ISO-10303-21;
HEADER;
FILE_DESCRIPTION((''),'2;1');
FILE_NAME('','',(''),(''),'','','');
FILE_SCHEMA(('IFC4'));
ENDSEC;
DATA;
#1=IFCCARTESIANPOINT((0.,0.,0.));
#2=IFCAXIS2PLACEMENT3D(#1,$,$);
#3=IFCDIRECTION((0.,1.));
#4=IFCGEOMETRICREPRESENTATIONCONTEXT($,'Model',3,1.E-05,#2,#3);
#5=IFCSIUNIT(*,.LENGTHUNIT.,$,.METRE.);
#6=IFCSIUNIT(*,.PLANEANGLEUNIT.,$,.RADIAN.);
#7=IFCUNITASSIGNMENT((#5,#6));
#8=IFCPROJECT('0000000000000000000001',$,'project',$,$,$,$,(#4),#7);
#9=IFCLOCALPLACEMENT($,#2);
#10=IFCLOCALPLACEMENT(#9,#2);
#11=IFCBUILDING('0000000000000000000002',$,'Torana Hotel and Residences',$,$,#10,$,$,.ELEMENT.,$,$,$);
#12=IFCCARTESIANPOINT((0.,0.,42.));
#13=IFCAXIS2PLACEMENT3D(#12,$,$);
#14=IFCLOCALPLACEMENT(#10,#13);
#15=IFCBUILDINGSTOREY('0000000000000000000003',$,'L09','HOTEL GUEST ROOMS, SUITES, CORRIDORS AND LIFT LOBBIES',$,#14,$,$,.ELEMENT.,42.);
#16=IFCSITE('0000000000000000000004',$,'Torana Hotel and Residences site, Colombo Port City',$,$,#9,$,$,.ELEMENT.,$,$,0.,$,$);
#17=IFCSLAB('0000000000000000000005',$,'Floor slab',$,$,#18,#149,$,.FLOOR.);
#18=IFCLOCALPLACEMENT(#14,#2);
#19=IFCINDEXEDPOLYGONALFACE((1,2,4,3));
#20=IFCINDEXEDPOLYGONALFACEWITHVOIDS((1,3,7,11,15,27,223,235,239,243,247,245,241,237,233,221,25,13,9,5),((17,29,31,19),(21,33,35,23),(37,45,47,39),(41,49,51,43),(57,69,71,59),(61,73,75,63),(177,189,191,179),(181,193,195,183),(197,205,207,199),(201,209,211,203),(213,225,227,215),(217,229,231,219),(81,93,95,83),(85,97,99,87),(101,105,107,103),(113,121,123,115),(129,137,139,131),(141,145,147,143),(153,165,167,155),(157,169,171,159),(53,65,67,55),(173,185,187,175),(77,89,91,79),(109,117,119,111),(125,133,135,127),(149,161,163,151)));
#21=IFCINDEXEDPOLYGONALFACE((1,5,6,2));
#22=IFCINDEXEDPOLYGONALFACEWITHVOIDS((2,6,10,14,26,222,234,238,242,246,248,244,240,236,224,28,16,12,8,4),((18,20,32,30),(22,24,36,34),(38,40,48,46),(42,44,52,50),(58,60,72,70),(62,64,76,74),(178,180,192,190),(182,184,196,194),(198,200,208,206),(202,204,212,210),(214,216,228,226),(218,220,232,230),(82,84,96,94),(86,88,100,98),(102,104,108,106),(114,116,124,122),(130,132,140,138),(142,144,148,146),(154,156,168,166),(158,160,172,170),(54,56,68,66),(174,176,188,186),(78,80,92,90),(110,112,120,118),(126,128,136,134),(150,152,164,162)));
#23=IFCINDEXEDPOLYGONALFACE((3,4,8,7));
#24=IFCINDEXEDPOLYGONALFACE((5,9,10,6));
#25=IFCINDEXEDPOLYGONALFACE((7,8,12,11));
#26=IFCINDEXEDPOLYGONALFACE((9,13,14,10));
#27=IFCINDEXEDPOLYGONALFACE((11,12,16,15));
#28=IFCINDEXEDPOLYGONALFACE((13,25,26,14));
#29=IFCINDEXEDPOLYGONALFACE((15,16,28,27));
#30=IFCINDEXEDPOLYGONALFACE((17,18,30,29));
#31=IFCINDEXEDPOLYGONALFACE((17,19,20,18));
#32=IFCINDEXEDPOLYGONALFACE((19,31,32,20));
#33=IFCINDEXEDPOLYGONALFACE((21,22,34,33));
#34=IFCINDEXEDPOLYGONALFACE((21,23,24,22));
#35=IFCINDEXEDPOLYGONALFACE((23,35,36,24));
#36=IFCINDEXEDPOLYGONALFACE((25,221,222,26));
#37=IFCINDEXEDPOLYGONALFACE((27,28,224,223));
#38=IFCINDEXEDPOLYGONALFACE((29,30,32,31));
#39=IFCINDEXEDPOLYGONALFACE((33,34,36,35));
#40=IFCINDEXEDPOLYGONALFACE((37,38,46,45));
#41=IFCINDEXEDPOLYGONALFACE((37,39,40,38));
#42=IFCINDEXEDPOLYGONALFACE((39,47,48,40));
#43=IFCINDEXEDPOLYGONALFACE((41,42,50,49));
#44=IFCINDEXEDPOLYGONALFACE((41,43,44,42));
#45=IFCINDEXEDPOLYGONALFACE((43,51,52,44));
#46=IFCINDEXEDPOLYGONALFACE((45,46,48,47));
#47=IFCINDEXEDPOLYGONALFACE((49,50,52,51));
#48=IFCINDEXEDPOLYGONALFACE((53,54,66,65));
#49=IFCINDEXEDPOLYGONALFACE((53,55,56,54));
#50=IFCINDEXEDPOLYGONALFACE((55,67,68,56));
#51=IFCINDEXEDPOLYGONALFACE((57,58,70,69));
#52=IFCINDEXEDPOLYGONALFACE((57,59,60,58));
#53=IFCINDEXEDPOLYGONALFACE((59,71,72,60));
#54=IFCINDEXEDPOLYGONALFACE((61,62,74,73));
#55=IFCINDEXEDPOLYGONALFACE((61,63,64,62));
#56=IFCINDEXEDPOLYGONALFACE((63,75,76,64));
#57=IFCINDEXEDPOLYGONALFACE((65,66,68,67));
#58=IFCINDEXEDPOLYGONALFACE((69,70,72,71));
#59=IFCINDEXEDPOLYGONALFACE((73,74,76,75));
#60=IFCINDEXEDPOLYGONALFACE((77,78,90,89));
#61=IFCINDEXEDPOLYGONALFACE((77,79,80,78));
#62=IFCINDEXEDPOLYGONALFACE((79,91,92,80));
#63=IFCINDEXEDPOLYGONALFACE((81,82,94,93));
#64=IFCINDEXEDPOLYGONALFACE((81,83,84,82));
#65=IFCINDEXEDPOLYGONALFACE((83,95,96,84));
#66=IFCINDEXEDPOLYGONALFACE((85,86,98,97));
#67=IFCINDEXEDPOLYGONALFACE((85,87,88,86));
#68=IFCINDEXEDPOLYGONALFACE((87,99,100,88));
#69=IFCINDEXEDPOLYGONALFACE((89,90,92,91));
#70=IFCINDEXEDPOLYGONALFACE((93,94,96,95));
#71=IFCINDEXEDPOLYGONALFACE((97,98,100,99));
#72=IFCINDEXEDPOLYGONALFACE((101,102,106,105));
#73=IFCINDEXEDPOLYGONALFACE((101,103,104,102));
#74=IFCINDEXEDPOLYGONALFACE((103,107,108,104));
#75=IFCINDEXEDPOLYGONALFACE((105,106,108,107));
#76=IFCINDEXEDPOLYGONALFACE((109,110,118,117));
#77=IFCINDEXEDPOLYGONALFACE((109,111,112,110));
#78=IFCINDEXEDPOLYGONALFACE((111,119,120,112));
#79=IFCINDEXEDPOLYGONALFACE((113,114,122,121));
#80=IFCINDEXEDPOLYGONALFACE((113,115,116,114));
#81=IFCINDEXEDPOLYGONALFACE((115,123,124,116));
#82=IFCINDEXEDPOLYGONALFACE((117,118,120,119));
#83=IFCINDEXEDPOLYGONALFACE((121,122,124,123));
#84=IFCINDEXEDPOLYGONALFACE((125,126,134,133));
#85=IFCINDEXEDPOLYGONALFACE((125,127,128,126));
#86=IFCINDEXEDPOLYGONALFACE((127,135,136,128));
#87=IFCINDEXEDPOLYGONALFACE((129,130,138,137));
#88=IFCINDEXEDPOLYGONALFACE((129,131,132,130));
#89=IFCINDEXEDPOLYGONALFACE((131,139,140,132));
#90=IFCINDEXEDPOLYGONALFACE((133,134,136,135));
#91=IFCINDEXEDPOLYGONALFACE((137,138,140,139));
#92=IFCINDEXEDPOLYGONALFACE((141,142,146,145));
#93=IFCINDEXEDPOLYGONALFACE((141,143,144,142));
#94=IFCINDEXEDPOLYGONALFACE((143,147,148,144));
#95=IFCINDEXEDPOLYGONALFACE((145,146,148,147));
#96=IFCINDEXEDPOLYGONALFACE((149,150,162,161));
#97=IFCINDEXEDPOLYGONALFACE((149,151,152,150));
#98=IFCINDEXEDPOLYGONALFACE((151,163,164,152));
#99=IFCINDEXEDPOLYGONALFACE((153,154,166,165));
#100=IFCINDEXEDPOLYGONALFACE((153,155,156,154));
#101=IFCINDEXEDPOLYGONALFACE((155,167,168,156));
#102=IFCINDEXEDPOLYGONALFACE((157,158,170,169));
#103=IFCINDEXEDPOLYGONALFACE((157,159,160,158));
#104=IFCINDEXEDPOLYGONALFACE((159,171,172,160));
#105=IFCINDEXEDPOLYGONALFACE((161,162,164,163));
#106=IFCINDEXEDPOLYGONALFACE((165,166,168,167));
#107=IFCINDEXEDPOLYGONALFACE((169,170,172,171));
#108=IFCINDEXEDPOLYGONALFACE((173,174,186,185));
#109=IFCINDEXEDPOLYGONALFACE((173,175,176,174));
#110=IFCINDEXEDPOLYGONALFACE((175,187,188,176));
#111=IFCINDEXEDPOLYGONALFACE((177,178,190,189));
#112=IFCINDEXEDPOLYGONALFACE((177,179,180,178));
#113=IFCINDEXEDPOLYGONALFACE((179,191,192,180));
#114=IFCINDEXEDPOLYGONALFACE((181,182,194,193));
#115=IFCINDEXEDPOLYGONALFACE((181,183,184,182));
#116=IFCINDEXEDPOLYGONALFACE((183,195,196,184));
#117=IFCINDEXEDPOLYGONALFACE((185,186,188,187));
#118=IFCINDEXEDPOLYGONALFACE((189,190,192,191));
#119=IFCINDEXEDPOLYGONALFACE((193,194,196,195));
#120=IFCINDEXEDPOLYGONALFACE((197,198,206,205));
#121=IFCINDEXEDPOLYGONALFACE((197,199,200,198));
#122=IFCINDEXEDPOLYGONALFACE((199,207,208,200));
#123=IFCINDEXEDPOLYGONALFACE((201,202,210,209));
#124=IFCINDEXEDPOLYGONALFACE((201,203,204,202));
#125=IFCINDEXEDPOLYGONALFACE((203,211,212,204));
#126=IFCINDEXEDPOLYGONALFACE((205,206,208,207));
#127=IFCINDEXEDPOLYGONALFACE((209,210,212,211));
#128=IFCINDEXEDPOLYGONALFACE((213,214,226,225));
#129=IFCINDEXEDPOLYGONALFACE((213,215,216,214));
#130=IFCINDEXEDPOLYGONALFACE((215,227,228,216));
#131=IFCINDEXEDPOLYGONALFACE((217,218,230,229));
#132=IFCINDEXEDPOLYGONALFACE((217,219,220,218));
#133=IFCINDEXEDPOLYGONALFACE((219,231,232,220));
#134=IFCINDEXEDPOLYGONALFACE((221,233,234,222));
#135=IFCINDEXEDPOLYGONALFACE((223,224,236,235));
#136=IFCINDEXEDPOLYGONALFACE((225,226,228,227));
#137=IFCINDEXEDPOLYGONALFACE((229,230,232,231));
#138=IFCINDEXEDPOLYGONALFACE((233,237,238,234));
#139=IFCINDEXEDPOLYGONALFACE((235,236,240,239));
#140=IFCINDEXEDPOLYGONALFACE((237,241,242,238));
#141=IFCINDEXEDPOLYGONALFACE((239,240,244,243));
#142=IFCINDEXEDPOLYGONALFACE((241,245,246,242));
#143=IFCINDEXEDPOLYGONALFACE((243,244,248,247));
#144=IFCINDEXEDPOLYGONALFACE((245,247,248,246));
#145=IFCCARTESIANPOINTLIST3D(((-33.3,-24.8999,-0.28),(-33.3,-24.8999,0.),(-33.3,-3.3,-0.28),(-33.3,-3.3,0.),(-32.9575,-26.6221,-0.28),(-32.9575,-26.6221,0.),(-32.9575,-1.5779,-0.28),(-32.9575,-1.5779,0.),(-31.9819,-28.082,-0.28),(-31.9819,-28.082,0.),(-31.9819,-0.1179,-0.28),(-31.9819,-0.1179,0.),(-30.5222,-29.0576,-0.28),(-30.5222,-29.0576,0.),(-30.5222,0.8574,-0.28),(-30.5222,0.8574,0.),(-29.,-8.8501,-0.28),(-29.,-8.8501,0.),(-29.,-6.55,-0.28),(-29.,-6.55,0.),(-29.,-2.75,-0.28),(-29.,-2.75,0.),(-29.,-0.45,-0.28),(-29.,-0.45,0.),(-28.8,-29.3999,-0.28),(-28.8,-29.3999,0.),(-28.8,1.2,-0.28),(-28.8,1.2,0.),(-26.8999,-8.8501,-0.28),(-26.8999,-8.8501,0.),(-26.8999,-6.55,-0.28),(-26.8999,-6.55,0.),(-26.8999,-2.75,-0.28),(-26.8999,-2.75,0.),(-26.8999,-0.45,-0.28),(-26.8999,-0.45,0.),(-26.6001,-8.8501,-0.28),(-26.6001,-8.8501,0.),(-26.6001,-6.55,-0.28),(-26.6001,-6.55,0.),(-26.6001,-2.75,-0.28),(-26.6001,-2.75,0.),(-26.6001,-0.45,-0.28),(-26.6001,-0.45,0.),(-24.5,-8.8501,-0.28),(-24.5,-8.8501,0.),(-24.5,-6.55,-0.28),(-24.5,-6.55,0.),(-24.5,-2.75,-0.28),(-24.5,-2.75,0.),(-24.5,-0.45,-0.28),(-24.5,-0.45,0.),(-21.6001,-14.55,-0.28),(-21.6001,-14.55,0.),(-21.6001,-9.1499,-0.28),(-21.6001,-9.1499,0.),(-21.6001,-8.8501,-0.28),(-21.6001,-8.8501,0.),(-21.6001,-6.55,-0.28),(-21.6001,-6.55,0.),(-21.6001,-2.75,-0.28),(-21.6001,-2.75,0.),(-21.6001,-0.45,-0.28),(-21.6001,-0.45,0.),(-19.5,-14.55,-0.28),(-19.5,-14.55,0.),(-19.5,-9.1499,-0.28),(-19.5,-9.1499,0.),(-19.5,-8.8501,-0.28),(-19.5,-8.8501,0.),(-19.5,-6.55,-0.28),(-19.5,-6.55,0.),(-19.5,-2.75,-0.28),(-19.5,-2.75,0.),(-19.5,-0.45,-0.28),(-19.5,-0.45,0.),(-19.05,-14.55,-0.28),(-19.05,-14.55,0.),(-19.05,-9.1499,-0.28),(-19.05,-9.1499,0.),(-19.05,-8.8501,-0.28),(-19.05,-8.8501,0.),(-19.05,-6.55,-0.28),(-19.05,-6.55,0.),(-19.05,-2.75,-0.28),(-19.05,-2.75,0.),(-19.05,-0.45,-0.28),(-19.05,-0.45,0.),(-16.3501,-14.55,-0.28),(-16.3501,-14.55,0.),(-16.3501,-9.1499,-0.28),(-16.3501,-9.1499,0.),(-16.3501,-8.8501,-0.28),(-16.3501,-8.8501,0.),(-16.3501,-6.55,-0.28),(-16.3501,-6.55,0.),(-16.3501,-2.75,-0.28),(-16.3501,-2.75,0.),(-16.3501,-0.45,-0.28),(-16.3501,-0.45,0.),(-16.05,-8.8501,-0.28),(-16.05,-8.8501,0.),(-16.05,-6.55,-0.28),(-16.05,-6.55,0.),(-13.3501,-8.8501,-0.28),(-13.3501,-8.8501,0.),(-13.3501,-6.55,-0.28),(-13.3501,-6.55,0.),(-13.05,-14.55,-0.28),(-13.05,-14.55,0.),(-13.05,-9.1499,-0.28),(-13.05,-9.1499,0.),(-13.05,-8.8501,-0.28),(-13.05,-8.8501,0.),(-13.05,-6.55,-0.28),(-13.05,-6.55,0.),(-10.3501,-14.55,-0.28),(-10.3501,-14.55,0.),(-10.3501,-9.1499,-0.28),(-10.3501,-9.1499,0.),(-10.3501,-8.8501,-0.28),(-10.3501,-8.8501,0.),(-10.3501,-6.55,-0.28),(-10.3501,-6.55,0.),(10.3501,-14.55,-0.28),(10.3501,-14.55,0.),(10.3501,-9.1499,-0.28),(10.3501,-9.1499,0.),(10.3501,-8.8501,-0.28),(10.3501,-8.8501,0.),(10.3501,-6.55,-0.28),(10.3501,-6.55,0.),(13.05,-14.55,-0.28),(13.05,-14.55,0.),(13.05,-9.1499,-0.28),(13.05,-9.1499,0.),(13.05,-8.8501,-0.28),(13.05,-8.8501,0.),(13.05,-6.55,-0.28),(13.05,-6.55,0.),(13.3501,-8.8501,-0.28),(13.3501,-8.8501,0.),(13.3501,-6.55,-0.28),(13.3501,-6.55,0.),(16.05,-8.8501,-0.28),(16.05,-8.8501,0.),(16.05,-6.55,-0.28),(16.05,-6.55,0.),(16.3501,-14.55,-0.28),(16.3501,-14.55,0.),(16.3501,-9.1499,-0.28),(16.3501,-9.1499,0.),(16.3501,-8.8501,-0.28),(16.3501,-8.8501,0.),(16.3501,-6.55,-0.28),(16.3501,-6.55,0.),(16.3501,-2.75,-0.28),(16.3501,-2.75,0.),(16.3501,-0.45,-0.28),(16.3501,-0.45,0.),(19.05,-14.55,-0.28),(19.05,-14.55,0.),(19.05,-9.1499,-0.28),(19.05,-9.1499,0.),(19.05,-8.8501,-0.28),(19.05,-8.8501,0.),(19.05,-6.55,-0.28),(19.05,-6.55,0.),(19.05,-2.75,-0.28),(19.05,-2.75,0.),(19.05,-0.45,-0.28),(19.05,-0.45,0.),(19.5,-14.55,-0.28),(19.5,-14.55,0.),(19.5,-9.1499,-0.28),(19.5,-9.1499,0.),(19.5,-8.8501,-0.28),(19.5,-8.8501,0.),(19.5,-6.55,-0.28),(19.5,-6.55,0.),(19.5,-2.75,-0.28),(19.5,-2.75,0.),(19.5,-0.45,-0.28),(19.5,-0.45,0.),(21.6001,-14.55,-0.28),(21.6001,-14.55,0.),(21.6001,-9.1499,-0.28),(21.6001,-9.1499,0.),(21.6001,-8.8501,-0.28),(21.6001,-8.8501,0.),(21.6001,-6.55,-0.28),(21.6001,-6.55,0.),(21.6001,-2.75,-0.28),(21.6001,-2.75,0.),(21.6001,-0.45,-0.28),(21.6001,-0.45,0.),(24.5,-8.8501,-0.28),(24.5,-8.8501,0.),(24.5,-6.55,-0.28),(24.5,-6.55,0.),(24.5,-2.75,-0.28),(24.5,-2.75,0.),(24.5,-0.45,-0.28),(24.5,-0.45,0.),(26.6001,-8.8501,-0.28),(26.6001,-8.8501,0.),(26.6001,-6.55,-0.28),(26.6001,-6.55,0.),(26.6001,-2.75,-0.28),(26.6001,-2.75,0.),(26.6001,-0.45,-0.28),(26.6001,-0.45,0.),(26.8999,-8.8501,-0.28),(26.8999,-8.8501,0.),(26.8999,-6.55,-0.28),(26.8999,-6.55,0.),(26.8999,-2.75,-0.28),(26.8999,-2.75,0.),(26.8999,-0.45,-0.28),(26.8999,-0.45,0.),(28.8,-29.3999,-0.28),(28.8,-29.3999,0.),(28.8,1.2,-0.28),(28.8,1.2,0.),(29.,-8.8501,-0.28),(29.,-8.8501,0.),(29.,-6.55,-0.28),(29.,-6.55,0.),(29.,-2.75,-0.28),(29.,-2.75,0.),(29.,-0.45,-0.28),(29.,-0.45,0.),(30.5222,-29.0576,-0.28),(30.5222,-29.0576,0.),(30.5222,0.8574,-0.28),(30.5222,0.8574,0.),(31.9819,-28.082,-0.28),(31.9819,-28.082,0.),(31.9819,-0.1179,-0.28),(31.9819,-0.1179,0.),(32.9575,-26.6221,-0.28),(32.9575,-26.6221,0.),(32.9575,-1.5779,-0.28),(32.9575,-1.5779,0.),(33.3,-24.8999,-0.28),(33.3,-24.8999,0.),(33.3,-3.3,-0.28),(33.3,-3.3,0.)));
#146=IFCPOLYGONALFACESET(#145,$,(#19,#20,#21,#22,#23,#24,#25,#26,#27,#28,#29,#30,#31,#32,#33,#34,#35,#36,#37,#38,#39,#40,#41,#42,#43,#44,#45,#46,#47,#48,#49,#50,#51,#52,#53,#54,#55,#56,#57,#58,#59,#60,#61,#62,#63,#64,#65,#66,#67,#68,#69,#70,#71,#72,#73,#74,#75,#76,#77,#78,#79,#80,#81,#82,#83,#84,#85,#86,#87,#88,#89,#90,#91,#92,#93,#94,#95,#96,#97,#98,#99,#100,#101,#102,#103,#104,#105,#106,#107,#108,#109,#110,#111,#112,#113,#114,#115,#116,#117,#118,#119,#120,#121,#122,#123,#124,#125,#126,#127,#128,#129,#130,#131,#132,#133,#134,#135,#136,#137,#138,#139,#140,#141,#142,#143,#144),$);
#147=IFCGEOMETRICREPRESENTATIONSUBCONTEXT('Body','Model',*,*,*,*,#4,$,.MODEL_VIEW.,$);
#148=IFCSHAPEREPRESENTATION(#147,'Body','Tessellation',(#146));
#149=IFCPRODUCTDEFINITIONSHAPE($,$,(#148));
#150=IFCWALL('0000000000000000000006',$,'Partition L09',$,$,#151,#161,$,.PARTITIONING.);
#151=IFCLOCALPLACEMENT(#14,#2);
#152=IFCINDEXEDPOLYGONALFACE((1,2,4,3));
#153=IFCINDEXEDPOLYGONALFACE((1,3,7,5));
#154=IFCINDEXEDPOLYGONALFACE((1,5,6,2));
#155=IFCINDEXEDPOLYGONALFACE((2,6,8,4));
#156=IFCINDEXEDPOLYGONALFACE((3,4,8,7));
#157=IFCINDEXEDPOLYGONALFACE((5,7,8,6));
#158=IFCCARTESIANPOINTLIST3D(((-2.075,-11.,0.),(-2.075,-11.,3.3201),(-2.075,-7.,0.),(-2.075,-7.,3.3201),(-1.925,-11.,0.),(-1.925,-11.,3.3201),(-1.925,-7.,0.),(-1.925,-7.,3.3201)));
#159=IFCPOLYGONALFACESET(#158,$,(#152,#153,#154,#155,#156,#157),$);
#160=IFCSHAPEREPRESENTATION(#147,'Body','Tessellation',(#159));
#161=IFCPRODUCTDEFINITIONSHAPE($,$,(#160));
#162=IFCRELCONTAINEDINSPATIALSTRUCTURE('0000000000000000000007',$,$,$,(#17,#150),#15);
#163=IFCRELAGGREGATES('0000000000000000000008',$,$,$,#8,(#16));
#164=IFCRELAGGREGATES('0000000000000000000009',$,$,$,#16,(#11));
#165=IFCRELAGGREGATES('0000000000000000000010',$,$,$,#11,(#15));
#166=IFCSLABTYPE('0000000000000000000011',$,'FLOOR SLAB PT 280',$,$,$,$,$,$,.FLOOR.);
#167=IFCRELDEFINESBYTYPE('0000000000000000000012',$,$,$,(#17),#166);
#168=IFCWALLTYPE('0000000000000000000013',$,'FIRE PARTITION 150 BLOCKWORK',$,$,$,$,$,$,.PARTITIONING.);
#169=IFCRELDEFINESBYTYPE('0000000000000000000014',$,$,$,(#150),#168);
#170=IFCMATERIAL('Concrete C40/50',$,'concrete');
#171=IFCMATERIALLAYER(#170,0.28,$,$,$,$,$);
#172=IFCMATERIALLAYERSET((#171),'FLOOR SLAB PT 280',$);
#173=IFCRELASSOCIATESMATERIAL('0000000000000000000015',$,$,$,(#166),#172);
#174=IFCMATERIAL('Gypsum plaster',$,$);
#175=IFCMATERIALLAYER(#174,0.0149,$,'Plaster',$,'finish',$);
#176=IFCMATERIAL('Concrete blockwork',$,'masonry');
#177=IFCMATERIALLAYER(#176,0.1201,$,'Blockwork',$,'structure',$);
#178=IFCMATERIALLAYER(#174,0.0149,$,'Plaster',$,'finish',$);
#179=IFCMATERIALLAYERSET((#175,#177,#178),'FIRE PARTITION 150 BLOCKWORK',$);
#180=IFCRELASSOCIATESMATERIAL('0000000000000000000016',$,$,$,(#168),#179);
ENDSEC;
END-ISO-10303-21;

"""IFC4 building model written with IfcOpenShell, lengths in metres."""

from ifc_helpers import new_model, si_unit, direction, frame, frame_2d, origin, place, context, subcontext, project, spatial, polyline, rectangle, outline, extrude, material, layer, layer_set, type_object, element, save


model = new_model("IFC4")

# Units and contexts
model_context = context("Model", 3, precision=1e-05, world=origin(), true_north=direction((0.0, 1.0)))
body_context = subcontext(model_context, "Body", "Model", "MODEL_VIEW")
ifc_project = project(units=[si_unit("LENGTHUNIT", "METRE"), si_unit("PLANEANGLEUNIT", "RADIAN")], contexts=[model_context])

# Site, building, storey
site_placement = place(None, origin())
site = spatial("IfcSite", under=ifc_project, at=site_placement, Name="Torana Hotel and Residences site, Colombo Port City", CompositionType="ELEMENT", RefElevation=0.0)
building_placement = place(site_placement, origin())
building = spatial("IfcBuilding", under=site, at=building_placement, Name="Torana Hotel and Residences", CompositionType="ELEMENT")
storey_placement = place(building_placement, frame((0.0, 0.0, 42.0)))
storey = spatial("IfcBuildingStorey", under=building, at=storey_placement, Name="L09", Description="HOTEL GUEST ROOMS, SUITES, CORRIDORS AND LIFT LOBBIES", CompositionType="ELEMENT", Elevation=42.0)

# Slab
ifc_material_1 = material(Name="Concrete C40/50", Category="concrete")
ifc_layer_1 = layer(ifc_material_1, 0.28)
ifc_layer_set_1 = layer_set([ifc_layer_1], Name="FLOOR SLAB PT 280")
slab_type_1 = type_object("IfcSlabType", Name="FLOOR SLAB PT 280", PredefinedType="FLOOR", material=ifc_layer_set_1)
slab_1_placement = place(storey_placement, frame((0.0, 0.0, -0.28)))
element("IfcSlab", 1, at=slab_1_placement, inside=storey, type_object=slab_type_1, Name="Floor slab", PredefinedType="FLOOR", context=body_context, shape_type="SweptSolid", body=[
    extrude(outline(polyline([(33.3, -3.3), (32.9575, -1.5779), (31.9819, -0.1179), (30.5222, 0.8574), (28.8, 1.2), (-28.8, 1.2), (-30.5222, 0.8574), (-31.9819, -0.1179), (-32.9575, -1.5779), (-33.3, -3.3), (-33.3, -24.8999), (-32.9575, -26.6221), (-31.9819, -28.082), (-30.5222, -29.0576), (-28.8, -29.3999), (28.8, -29.3999), (30.5222, -29.0576), (31.9819, -28.082), (32.9575, -26.6221), (33.3, -24.8999), (33.3, -3.3)]), holes=[polyline([(-13.05, -14.55), (-10.3501, -14.55), (-10.3501, -9.1499), (-13.05, -9.1499), (-13.05, -14.55)]), polyline([(-19.05, -14.55), (-16.3501, -14.55), (-16.3501, -9.1499), (-19.05, -9.1499), (-19.05, -14.55)]), polyline([(-19.05, -2.75), (-16.3501, -2.75), (-16.3501, -0.45), (-19.05, -0.45), (-19.05, -2.75)]), polyline([(-26.6001, -2.75), (-24.5, -2.75), (-24.5, -0.45), (-26.6001, -0.45), (-26.6001, -2.75)]), polyline([(-29.0, -2.75), (-26.8999, -2.75), (-26.8999, -0.45), (-29.0, -0.45), (-29.0, -2.75)]), polyline([(-26.6001, -8.8501), (-24.5, -8.8501), (-24.5, -6.55), (-26.6001, -6.55), (-26.6001, -8.8501)]), polyline([(-29.0, -8.8501), (-26.8999, -8.8501), (-26.8999, -6.55), (-29.0, -6.55), (-29.0, -8.8501)]), polyline([(-21.6001, -2.75), (-19.5, -2.75), (-19.5, -0.45), (-21.6001, -0.45), (-21.6001, -2.75)]), polyline([(-21.6001, -8.8501), (-19.5, -8.8501), (-19.5, -6.55), (-21.6001, -6.55), (-21.6001, -8.8501)]), polyline([(-13.05, -8.8501), (-10.3501, -8.8501), (-10.3501, -6.55), (-13.05, -6.55), (-13.05, -8.8501)]), polyline([(-16.05, -8.8501), (-13.3501, -8.8501), (-13.3501, -6.55), (-16.05, -6.55), (-16.05, -8.8501)]), polyline([(-19.05, -8.8501), (-16.3501, -8.8501), (-16.3501, -6.55), (-19.05, -6.55), (-19.05, -8.8501)]), polyline([(-21.6001, -14.55), (-19.5, -14.55), (-19.5, -9.1499), (-21.6001, -9.1499), (-21.6001, -14.55)]), polyline([(10.3501, -14.55), (13.05, -14.55), (13.05, -9.1499), (10.3501, -9.1499), (10.3501, -14.55)]), polyline([(16.3501, -14.55), (19.05, -14.55), (19.05, -9.1499), (16.3501, -9.1499), (16.3501, -14.55)]), polyline([(16.3501, -2.75), (19.05, -2.75), (19.05, -0.45), (16.3501, -0.45), (16.3501, -2.75)]), polyline([(24.5, -2.75), (26.6001, -2.75), (26.6001, -0.45), (24.5, -0.45), (24.5, -2.75)]), polyline([(26.8999, -2.75), (29.0, -2.75), (29.0, -0.45), (26.8999, -0.45), (26.8999, -2.75)]), polyline([(24.5, -8.8501), (26.6001, -8.8501), (26.6001, -6.55), (24.5, -6.55), (24.5, -8.8501)]), polyline([(26.8999, -8.8501), (29.0, -8.8501), (29.0, -6.55), (26.8999, -6.55), (26.8999, -8.8501)]), polyline([(19.5, -2.75), (21.6001, -2.75), (21.6001, -0.45), (19.5, -0.45), (19.5, -2.75)]), polyline([(19.5, -8.8501), (21.6001, -8.8501), (21.6001, -6.55), (19.5, -6.55), (19.5, -8.8501)]), polyline([(10.3501, -8.8501), (13.05, -8.8501), (13.05, -6.55), (10.3501, -6.55), (10.3501, -8.8501)]), polyline([(13.3501, -8.8501), (16.05, -8.8501), (16.05, -6.55), (13.3501, -6.55), (13.3501, -8.8501)]), polyline([(16.3501, -8.8501), (19.05, -8.8501), (19.05, -6.55), (16.3501, -6.55), (16.3501, -8.8501)]), polyline([(19.5, -14.55), (21.6001, -14.55), (21.6001, -9.1499), (19.5, -9.1499), (19.5, -14.55)])]), origin(), (0.0, 0.0, 1.0), 0.28),
])

# Wall
ifc_material_2 = material(Name="Gypsum plaster")
ifc_layer_2 = layer(ifc_material_2, 0.0149, Name="Plaster", Category="finish")
ifc_material_3 = material(Name="Concrete blockwork", Category="masonry")
ifc_layer_3 = layer(ifc_material_3, 0.1201, Name="Blockwork", Category="structure")
ifc_layer_4 = layer(ifc_material_2, 0.0149, Name="Plaster", Category="finish")
ifc_layer_set_2 = layer_set([ifc_layer_2, ifc_layer_3, ifc_layer_4], Name="FIRE PARTITION 150 BLOCKWORK")
wall_type_1 = type_object("IfcWallType", Name="FIRE PARTITION 150 BLOCKWORK", PredefinedType="PARTITIONING", material=ifc_layer_set_2)
wall_1_placement = place(storey_placement, frame((-2.0, -11.0, 0.0), z_axis=(0.0, 0.0, 1.0), x_axis=(0.0, 1.0, 0.0)))
element("IfcWall", 2, at=wall_1_placement, inside=storey, type_object=wall_type_1, Name="Partition L09", PredefinedType="PARTITIONING", context=body_context, shape_type="SweptSolid", body=[
    extrude(rectangle(XDim=4.0, YDim=0.1499, at=frame_2d((2.0, 0.0))), origin(), (0.0, 0.0, 1.0), 3.3201),
])

save(model, "model.ifc")
